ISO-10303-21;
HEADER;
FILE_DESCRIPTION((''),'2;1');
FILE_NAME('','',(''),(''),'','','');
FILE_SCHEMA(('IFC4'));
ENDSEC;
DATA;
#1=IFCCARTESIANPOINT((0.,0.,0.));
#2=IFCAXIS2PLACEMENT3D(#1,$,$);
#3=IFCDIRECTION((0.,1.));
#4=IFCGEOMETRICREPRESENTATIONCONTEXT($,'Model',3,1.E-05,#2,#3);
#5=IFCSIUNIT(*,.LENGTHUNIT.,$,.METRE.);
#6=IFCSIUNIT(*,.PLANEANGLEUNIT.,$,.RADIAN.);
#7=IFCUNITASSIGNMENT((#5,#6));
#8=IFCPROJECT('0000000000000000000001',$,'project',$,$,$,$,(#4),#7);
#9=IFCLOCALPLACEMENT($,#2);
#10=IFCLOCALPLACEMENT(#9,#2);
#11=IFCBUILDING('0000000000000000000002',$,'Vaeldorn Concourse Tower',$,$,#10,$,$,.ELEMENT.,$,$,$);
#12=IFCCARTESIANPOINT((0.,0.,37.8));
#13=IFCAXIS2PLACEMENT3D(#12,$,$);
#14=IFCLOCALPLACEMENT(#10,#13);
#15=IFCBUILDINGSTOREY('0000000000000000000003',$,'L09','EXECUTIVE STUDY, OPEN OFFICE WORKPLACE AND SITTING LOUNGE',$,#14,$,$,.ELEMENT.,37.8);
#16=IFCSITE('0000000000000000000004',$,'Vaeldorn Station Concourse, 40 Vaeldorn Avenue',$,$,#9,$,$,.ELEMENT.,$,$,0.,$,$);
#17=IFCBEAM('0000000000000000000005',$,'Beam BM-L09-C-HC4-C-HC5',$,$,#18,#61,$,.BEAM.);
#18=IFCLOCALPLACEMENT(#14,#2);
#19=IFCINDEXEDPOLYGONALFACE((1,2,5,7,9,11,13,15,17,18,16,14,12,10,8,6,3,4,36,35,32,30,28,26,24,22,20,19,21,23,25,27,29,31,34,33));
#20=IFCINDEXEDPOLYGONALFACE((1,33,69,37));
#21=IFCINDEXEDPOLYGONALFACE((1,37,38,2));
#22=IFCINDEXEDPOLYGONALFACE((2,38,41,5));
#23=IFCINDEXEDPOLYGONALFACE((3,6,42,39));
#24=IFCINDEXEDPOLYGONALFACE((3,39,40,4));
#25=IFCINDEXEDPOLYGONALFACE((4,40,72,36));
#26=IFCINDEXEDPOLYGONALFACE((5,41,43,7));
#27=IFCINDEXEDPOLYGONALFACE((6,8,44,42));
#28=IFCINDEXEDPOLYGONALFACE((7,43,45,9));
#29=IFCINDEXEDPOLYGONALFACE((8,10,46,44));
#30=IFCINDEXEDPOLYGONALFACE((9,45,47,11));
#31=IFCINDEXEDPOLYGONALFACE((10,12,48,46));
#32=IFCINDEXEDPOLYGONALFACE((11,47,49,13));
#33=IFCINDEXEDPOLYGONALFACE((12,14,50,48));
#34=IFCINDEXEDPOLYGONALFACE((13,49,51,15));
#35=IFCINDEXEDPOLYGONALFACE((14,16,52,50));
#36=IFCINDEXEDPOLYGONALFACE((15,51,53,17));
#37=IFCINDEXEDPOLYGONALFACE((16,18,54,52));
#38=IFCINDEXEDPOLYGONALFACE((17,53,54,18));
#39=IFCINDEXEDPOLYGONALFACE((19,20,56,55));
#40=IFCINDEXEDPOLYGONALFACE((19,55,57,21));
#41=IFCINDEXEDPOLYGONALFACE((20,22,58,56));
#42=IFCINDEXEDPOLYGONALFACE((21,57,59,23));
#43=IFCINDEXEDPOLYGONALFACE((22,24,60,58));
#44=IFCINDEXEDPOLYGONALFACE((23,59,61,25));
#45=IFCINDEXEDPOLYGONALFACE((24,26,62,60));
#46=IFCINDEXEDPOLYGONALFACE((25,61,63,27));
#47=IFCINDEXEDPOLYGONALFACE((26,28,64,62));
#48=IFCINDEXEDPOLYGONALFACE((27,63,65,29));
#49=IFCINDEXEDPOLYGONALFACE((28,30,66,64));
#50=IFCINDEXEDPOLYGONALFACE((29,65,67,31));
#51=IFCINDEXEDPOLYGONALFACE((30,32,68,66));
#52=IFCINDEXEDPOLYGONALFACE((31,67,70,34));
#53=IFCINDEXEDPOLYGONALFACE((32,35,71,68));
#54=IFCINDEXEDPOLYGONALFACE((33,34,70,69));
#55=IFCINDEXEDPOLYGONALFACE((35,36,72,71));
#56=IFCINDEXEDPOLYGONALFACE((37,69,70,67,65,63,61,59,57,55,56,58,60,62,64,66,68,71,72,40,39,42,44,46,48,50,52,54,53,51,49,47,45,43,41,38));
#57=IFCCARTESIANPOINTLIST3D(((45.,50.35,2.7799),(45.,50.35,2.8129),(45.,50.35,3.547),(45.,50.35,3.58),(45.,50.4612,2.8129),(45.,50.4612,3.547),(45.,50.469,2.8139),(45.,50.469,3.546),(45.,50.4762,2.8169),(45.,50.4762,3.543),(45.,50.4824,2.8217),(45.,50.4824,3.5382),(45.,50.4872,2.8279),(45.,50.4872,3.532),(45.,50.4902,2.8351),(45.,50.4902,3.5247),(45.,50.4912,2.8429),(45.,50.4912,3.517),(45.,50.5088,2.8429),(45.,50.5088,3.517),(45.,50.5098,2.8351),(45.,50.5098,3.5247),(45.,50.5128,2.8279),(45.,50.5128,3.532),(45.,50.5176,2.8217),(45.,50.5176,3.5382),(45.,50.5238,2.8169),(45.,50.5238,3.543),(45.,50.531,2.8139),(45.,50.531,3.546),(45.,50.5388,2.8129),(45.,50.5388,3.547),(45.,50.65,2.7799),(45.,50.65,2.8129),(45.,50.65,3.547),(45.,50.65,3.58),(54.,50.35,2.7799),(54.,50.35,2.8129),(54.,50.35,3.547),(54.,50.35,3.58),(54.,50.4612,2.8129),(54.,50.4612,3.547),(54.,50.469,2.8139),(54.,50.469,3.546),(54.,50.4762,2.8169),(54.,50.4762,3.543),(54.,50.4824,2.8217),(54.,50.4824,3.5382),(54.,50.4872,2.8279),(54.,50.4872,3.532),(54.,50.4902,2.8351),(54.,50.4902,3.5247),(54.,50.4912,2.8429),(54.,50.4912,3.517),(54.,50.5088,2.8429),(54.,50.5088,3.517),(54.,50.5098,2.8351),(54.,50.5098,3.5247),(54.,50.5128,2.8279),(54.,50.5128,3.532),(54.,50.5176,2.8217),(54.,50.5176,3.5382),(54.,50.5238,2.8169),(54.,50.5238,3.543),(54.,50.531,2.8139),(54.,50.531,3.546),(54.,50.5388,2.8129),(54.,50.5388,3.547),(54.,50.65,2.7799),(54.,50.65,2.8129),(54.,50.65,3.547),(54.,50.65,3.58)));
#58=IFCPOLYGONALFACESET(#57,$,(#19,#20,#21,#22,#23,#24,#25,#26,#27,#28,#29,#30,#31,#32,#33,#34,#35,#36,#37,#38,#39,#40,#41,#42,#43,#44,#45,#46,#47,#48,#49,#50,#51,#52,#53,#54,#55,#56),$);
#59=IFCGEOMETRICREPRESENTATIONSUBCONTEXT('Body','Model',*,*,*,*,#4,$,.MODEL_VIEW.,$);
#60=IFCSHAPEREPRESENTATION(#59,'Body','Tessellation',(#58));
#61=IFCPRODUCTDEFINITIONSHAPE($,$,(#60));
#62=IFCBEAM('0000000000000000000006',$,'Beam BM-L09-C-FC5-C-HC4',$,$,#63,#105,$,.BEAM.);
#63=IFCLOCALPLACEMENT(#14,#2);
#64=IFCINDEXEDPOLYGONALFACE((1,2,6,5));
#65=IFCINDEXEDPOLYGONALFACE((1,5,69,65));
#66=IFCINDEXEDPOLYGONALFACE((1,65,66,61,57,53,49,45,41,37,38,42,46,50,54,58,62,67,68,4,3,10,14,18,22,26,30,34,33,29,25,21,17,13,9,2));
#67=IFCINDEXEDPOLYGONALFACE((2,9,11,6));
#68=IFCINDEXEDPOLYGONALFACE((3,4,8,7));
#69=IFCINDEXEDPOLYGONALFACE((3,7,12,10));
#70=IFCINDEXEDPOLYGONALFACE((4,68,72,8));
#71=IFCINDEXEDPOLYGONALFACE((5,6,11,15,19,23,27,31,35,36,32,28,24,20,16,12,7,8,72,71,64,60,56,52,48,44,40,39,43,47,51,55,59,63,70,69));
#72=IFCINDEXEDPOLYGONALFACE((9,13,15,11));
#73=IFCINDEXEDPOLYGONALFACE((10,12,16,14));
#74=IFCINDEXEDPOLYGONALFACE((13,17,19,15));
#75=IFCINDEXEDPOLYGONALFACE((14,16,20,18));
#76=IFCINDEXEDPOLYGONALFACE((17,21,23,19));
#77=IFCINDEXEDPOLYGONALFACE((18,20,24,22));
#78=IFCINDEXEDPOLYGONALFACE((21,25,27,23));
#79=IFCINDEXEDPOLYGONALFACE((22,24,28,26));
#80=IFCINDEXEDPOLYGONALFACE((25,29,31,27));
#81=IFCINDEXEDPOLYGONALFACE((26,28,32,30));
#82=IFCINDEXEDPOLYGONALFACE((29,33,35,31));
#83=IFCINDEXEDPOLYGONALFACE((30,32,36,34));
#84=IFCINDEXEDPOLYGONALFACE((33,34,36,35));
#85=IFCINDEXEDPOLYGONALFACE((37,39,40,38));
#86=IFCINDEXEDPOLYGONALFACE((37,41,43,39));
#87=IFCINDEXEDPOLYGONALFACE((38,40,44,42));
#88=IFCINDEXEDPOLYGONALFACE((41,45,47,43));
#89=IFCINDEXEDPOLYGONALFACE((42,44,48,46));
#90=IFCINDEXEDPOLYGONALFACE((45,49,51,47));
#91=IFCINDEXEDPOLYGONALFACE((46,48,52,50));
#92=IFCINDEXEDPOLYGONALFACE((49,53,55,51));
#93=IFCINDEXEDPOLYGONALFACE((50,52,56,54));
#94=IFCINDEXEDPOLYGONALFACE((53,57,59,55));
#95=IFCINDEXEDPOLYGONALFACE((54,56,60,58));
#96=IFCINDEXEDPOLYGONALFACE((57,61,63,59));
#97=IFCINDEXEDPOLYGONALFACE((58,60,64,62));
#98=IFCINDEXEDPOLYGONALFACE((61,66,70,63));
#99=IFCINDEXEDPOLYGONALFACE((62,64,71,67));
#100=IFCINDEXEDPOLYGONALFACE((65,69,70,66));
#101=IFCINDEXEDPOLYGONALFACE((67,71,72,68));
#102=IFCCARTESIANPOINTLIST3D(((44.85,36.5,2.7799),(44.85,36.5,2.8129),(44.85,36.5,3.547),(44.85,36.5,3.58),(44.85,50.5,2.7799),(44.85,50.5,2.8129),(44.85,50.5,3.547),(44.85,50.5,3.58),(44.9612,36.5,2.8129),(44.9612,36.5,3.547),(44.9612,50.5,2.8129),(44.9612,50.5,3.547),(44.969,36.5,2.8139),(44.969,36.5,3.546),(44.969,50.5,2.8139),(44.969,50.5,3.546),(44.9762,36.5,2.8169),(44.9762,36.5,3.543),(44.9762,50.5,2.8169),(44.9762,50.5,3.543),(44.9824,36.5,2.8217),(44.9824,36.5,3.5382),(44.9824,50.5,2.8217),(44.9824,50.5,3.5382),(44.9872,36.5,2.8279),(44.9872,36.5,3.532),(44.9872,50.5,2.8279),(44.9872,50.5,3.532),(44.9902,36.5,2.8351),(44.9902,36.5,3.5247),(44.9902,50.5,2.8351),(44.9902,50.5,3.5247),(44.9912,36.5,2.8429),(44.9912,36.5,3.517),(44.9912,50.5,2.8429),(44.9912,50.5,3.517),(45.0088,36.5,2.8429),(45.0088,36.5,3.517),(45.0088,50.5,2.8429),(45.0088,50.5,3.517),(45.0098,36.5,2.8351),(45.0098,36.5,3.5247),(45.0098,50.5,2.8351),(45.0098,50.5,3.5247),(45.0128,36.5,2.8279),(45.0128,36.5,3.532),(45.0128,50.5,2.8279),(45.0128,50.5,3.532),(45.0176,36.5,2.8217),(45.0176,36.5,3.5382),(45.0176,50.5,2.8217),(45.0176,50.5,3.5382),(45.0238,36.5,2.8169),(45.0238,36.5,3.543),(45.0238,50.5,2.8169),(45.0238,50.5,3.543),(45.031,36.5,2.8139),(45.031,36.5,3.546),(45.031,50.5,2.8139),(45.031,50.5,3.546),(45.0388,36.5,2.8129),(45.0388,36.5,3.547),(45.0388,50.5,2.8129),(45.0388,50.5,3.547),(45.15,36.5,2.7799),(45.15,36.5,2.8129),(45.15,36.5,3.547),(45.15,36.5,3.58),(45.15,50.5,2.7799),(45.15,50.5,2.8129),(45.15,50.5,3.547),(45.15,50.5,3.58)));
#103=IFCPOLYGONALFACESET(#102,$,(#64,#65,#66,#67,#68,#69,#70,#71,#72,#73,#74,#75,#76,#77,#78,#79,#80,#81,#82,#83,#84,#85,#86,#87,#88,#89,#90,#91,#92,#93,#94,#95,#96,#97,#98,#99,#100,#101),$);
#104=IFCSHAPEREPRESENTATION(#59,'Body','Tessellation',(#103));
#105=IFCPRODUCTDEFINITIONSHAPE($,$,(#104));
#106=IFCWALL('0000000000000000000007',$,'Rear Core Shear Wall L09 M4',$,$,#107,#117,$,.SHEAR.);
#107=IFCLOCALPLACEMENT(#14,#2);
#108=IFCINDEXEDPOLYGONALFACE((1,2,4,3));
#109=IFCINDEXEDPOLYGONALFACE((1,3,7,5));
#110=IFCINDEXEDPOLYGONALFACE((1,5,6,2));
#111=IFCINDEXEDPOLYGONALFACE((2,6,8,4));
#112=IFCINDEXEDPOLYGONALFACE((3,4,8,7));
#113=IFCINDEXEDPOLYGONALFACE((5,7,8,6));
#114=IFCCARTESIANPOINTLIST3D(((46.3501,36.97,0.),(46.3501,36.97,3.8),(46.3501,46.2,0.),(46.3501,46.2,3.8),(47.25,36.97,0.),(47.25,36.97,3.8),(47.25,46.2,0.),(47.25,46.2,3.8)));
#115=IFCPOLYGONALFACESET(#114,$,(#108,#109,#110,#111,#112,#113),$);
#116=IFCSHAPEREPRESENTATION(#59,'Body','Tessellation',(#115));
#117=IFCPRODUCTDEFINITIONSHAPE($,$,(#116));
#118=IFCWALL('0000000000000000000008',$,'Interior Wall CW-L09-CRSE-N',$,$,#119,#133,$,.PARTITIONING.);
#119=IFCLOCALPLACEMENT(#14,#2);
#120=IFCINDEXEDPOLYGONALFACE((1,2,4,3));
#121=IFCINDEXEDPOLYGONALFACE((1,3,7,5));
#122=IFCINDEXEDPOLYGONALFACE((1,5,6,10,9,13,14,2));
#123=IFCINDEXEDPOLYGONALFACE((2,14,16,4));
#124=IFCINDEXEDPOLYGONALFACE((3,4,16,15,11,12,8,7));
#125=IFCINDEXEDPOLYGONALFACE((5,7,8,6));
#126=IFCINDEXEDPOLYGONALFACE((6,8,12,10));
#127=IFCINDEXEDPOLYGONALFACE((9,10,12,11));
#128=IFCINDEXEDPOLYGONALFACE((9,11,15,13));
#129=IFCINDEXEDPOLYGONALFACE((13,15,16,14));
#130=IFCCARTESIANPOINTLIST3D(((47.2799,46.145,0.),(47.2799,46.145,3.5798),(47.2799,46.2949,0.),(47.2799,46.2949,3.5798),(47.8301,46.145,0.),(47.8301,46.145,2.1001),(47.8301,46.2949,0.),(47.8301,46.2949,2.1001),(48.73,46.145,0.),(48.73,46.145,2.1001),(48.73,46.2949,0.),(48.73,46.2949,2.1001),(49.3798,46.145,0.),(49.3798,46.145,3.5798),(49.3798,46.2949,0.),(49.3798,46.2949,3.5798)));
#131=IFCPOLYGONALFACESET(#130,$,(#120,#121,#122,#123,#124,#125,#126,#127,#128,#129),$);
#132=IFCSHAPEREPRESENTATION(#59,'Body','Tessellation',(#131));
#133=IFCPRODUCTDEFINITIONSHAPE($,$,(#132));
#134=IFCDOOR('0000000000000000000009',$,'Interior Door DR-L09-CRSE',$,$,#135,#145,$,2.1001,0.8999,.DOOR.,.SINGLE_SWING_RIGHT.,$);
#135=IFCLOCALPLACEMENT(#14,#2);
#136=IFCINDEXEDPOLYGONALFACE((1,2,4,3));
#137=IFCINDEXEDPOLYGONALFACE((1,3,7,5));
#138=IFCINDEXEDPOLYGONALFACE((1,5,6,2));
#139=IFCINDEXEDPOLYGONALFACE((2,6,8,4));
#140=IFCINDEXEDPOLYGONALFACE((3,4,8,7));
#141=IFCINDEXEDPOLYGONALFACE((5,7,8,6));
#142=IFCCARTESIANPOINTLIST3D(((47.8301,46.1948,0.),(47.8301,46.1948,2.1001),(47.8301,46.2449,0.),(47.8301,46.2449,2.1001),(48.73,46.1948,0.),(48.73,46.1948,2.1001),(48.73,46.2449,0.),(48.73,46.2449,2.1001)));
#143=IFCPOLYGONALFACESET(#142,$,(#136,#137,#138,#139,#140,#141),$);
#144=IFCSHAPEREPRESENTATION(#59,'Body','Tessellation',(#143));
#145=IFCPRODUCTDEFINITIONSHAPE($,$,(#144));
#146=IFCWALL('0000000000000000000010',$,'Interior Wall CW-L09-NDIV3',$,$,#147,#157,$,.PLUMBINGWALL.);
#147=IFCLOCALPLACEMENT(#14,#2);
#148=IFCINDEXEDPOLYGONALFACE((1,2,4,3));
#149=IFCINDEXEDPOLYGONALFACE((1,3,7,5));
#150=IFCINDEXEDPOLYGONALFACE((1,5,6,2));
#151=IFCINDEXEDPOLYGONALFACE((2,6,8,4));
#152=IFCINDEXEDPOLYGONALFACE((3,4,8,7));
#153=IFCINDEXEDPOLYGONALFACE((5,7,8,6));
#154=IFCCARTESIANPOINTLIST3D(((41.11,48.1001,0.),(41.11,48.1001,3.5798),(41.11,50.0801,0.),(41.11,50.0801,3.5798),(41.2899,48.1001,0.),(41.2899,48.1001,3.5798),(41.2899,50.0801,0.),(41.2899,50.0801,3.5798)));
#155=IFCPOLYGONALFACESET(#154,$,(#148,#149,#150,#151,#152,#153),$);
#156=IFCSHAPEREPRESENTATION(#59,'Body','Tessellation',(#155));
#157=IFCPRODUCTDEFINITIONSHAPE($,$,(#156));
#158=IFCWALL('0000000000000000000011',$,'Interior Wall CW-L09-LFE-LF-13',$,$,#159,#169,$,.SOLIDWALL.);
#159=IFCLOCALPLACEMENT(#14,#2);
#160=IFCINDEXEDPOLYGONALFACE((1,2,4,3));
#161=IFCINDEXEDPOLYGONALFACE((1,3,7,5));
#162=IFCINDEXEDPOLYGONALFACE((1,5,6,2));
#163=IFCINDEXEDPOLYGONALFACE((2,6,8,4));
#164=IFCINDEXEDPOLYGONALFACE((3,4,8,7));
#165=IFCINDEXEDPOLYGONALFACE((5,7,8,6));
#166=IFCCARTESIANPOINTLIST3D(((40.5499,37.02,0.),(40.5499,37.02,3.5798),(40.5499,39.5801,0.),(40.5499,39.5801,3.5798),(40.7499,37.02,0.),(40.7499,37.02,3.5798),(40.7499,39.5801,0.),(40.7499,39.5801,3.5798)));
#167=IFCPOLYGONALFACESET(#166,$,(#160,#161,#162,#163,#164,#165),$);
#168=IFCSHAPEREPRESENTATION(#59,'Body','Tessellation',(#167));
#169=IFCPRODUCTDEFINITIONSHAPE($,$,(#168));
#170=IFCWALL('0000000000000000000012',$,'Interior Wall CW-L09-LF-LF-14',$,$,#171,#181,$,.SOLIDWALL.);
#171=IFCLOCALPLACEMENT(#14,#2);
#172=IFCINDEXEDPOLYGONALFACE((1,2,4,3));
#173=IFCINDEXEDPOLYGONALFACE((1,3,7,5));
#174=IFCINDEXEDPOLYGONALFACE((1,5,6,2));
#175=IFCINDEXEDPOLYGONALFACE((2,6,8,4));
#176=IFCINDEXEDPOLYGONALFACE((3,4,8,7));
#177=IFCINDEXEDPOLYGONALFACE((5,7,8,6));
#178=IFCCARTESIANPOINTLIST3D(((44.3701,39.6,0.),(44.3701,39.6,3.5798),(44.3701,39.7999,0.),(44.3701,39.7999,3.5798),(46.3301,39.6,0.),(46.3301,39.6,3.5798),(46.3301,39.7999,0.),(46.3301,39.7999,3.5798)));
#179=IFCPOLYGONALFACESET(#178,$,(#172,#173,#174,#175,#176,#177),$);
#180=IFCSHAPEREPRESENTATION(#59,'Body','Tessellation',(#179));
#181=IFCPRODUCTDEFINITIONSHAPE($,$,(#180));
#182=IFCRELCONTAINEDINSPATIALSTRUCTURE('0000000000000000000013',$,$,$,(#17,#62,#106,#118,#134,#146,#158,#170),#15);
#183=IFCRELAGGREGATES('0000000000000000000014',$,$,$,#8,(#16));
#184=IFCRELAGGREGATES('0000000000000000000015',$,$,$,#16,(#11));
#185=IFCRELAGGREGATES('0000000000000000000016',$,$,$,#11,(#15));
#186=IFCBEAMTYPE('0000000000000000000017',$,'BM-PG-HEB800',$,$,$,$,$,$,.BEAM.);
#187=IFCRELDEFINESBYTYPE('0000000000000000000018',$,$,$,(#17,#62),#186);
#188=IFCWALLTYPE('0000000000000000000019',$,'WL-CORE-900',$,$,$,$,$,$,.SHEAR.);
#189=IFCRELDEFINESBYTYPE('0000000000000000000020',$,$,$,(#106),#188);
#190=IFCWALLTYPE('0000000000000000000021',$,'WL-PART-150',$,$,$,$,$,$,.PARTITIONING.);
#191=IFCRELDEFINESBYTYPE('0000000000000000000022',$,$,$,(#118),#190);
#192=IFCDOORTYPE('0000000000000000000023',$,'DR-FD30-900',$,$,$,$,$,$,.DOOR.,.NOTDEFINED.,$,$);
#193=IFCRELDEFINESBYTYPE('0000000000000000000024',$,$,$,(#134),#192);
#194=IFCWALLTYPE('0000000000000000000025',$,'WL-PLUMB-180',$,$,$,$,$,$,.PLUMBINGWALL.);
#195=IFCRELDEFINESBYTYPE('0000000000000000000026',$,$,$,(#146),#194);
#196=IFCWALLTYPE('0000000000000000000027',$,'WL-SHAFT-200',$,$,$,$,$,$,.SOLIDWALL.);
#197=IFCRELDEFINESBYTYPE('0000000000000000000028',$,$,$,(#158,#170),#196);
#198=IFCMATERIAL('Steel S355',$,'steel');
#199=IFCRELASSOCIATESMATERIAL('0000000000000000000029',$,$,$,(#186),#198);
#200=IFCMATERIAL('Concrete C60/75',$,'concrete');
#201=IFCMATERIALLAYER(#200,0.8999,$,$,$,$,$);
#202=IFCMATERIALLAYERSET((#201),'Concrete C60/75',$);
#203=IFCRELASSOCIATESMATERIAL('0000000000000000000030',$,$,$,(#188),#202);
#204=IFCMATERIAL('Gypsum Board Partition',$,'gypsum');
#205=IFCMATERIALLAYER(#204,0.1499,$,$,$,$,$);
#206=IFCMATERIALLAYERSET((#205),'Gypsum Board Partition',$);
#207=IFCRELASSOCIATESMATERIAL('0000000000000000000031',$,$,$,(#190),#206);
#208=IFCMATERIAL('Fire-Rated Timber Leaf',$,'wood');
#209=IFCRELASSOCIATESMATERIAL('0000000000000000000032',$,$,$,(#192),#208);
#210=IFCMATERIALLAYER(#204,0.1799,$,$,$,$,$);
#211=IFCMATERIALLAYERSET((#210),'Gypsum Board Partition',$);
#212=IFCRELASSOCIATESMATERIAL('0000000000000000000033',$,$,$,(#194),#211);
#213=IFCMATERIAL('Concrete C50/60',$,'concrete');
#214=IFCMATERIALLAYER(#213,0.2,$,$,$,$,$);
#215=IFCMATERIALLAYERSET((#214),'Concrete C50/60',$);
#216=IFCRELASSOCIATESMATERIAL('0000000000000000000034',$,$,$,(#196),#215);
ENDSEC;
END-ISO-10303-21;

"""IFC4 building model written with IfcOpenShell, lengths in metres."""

from ifc_helpers import new_model, si_unit, direction, frame, frame_2d, origin, origin_2d, place, context, subcontext, project, spatial, rectangle, i_section, extrude, source, transform, mapped, material, layer, layer_set, material_profile, profile_set, type_object, element, fill, save


model = new_model("IFC4")

# Units and contexts
model_context = context("Model", 3, precision=1e-05, world=origin(), true_north=direction((0.0, 1.0)))
body_context = subcontext(model_context, "Body", "Model", "MODEL_VIEW")
ifc_project = project(units=[si_unit("LENGTHUNIT", "METRE"), si_unit("PLANEANGLEUNIT", "RADIAN")], contexts=[model_context])

# Site, building, storey
site_placement = place(None, origin())
site = spatial("IfcSite", under=ifc_project, at=site_placement, Name="Vaeldorn Station Concourse, 40 Vaeldorn Avenue", CompositionType="ELEMENT", RefElevation=0.0)
building_placement = place(site_placement, origin())
building = spatial("IfcBuilding", under=site, at=building_placement, Name="Vaeldorn Concourse Tower", CompositionType="ELEMENT")
storey_placement = place(building_placement, frame((0.0, 0.0, 37.8)))
storey = spatial("IfcBuildingStorey", under=building, at=storey_placement, Name="L09", Description="EXECUTIVE STUDY, OPEN OFFICE WORKPLACE AND SITTING LOUNGE", CompositionType="ELEMENT", Elevation=37.8)

# Beams
ifc_material_1 = material(Name="Concrete C60/75", Category="concrete")
ifc_material_2 = material(Name="Steel S355", Category="steel")
ifc_material_profile_1 = material_profile(ifc_material_2, i_section(OverallWidth=0.3, OverallDepth=0.8, WebThickness=0.0176, FlangeThickness=0.033, FilletRadius=0.03, at=origin_2d()), Name="HEB 800")
ifc_profile_set_1 = profile_set([ifc_material_profile_1], Name="Steel S355")
beam_type_1 = type_object("IfcBeamType", Name="BM-PG-HEB800", PredefinedType="BEAM", material=ifc_profile_set_1)
shared_shape_1 = source(origin(), body_context, "Body", "SweptSolid", [
    extrude(i_section(OverallWidth=0.3, OverallDepth=0.8, WebThickness=0.0176, FlangeThickness=0.033, FilletRadius=0.03, at=origin_2d()), origin(), (0.0, 0.0, 1.0), 9.0),
])
beam_1_placement = place(storey_placement, frame((45.0, 50.5, 3.1799), z_axis=(1.0, 0.0, 0.0), x_axis=(0.0, 1.0, 0.0)))
element("IfcBeam", 1, at=beam_1_placement, inside=storey, type_object=beam_type_1, Name="Beam BM-L09-C-HC4-C-HC5", PredefinedType="BEAM", context=body_context, shape_type="MappedRepresentation", body=[
    mapped(shared_shape_1, transform((0.0, 0.0, 0.0), scale=1.0)),
])
shared_shape_2 = source(origin(), body_context, "Body", "SweptSolid", [
    extrude(i_section(OverallWidth=0.3, OverallDepth=0.8, WebThickness=0.0176, FlangeThickness=0.033, FilletRadius=0.03, at=origin_2d()), origin(), (0.0, 0.0, 1.0), 14.0),
])
beam_2_placement = place(storey_placement, frame((45.0, 36.5, 3.1799), z_axis=(0.0, 1.0, 0.0), x_axis=(-1.0, 0.0, 0.0)))
element("IfcBeam", 2, at=beam_2_placement, inside=storey, type_object=beam_type_1, Name="Beam BM-L09-C-FC5-C-HC4", PredefinedType="BEAM", context=body_context, shape_type="MappedRepresentation", body=[
    mapped(shared_shape_2, transform((0.0, 0.0, 0.0), scale=1.0)),
])

# Wall
ifc_layer_1 = layer(ifc_material_1, 0.8999)
ifc_layer_set_1 = layer_set([ifc_layer_1], Name="Concrete C60/75")
wall_type_1 = type_object("IfcWallType", Name="WL-CORE-900", PredefinedType="SHEAR", material=ifc_layer_set_1)
wall_1_placement = place(storey_placement, frame((46.8, 36.97, 0.0), z_axis=(0.0, 0.0, 1.0), x_axis=(0.0, 1.0, 0.0)))
element("IfcWall", 3, at=wall_1_placement, inside=storey, type_object=wall_type_1, Name="Rear Core Shear Wall L09 M4", PredefinedType="SHEAR", context=body_context, shape_type="SweptSolid", body=[
    extrude(rectangle(XDim=9.23, YDim=0.8999, at=frame_2d((4.615, 0.0))), origin(), (0.0, 0.0, 1.0), 3.8),
])

# Wall, opening, door
ifc_material_3 = material(Name="Gypsum Board Partition", Category="gypsum")
ifc_layer_2 = layer(ifc_material_3, 0.1499)
ifc_layer_set_2 = layer_set([ifc_layer_2], Name="Gypsum Board Partition")
wall_type_2 = type_object("IfcWallType", Name="WL-PART-150", PredefinedType="PARTITIONING", material=ifc_layer_set_2)
wall_2_placement = place(storey_placement, frame((47.28, 46.22, 0.0), z_axis=(0.0, 0.0, 1.0), x_axis=(1.0, 0.0, 0.0)))
wall_2 = element("IfcWall", 4, at=wall_2_placement, inside=storey, type_object=wall_type_2, Name="Interior Wall CW-L09-CRSE-N", PredefinedType="PARTITIONING", context=body_context, shape_type="SweptSolid", body=[
    extrude(rectangle(XDim=2.0999, YDim=0.1499, at=frame_2d((1.0498, 0.0))), origin(), (0.0, 0.0, 1.0), 3.5798),
])
opening_1_placement = place(wall_2_placement, frame((0.55, 0.0, 0.0)))
opening_1 = element("IfcOpeningElement", 5, at=opening_1_placement, cuts=wall_2, PredefinedType="OPENING", context=body_context, shape_type="SweptSolid", body=[
    extrude(rectangle(XDim=0.8999, YDim=2.1001, at=frame_2d((0.45, 1.05))), frame((0.0, 0.085, 0.0), z_axis=(0.0, -1.0, 0.0), x_axis=(1.0, 0.0, 0.0)), (0.0, 0.0, 1.0), 0.1699),
])
ifc_material_4 = material(Name="Fire-Rated Timber Leaf", Category="wood")
door_type_1 = type_object("IfcDoorType", Name="DR-FD30-900", OperationType="NOTDEFINED", PredefinedType="DOOR", material=ifc_material_4)
shared_shape_3 = source(origin(), body_context, "Body", "SweptSolid", [
    extrude(rectangle(XDim=0.8999, YDim=2.1001, at=frame_2d((0.45, 1.05))), frame((0.0, 0.0249, 0.0), z_axis=(0.0, -1.0, 0.0), x_axis=(1.0, 0.0, 0.0)), (0.0, 0.0, 1.0), 0.05),
])
door_1_placement = place(opening_1_placement, origin())
door_1 = element("IfcDoor", 6, at=door_1_placement, inside=storey, type_object=door_type_1, Name="Interior Door DR-L09-CRSE", OperationType="SINGLE_SWING_RIGHT", OverallHeight=2.1001, OverallWidth=0.8999, PredefinedType="DOOR", context=body_context, shape_type="MappedRepresentation", body=[
    mapped(shared_shape_3, transform((0.0, 0.0, 0.0), scale=1.0)),
])
fill(opening_1, door_1)

# Wall
ifc_layer_3 = layer(ifc_material_3, 0.1799)
ifc_layer_set_3 = layer_set([ifc_layer_3], Name="Gypsum Board Partition")
wall_type_3 = type_object("IfcWallType", Name="WL-PLUMB-180", PredefinedType="PLUMBINGWALL", material=ifc_layer_set_3)
wall_3_placement = place(storey_placement, frame((41.2, 48.1001, 0.0), z_axis=(0.0, 0.0, 1.0), x_axis=(0.0, 1.0, 0.0)))
element("IfcWall", 7, at=wall_3_placement, inside=storey, type_object=wall_type_3, Name="Interior Wall CW-L09-NDIV3", PredefinedType="PLUMBINGWALL", context=body_context, shape_type="SweptSolid", body=[
    extrude(rectangle(XDim=1.98, YDim=0.1799, at=frame_2d((0.99, 0.0))), origin(), (0.0, 0.0, 1.0), 3.5798),
])

# Shared definitions
ifc_material_5 = material(Name="Concrete C50/60", Category="concrete")
ifc_layer_4 = layer(ifc_material_5, 0.2)
ifc_layer_set_4 = layer_set([ifc_layer_4], Name="Concrete C50/60")
wall_type_4 = type_object("IfcWallType", Name="WL-SHAFT-200", PredefinedType="SOLIDWALL", material=ifc_layer_set_4)

# Walls
wall_4_placement = place(storey_placement, frame((40.6499, 37.02, 0.0), z_axis=(0.0, 0.0, 1.0), x_axis=(0.0, 1.0, 0.0)))
element("IfcWall", 8, at=wall_4_placement, inside=storey, type_object=wall_type_4, Name="Interior Wall CW-L09-LFE-LF-13", PredefinedType="SOLIDWALL", context=body_context, shape_type="SweptSolid", body=[
    extrude(rectangle(XDim=2.5601, YDim=0.2, at=frame_2d((1.28, 0.0))), origin(), (0.0, 0.0, 1.0), 3.5798),
])
wall_5_placement = place(storey_placement, frame((44.3701, 39.7, 0.0), z_axis=(0.0, 0.0, 1.0), x_axis=(1.0, 0.0, 0.0)))
element("IfcWall", 9, at=wall_5_placement, inside=storey, type_object=wall_type_4, Name="Interior Wall CW-L09-LF-LF-14", PredefinedType="SOLIDWALL", context=body_context, shape_type="SweptSolid", body=[
    extrude(rectangle(XDim=1.96, YDim=0.2, at=frame_2d((0.98, 0.0))), origin(), (0.0, 0.0, 1.0), 3.5798),
])

save(model, "model.ifc")
